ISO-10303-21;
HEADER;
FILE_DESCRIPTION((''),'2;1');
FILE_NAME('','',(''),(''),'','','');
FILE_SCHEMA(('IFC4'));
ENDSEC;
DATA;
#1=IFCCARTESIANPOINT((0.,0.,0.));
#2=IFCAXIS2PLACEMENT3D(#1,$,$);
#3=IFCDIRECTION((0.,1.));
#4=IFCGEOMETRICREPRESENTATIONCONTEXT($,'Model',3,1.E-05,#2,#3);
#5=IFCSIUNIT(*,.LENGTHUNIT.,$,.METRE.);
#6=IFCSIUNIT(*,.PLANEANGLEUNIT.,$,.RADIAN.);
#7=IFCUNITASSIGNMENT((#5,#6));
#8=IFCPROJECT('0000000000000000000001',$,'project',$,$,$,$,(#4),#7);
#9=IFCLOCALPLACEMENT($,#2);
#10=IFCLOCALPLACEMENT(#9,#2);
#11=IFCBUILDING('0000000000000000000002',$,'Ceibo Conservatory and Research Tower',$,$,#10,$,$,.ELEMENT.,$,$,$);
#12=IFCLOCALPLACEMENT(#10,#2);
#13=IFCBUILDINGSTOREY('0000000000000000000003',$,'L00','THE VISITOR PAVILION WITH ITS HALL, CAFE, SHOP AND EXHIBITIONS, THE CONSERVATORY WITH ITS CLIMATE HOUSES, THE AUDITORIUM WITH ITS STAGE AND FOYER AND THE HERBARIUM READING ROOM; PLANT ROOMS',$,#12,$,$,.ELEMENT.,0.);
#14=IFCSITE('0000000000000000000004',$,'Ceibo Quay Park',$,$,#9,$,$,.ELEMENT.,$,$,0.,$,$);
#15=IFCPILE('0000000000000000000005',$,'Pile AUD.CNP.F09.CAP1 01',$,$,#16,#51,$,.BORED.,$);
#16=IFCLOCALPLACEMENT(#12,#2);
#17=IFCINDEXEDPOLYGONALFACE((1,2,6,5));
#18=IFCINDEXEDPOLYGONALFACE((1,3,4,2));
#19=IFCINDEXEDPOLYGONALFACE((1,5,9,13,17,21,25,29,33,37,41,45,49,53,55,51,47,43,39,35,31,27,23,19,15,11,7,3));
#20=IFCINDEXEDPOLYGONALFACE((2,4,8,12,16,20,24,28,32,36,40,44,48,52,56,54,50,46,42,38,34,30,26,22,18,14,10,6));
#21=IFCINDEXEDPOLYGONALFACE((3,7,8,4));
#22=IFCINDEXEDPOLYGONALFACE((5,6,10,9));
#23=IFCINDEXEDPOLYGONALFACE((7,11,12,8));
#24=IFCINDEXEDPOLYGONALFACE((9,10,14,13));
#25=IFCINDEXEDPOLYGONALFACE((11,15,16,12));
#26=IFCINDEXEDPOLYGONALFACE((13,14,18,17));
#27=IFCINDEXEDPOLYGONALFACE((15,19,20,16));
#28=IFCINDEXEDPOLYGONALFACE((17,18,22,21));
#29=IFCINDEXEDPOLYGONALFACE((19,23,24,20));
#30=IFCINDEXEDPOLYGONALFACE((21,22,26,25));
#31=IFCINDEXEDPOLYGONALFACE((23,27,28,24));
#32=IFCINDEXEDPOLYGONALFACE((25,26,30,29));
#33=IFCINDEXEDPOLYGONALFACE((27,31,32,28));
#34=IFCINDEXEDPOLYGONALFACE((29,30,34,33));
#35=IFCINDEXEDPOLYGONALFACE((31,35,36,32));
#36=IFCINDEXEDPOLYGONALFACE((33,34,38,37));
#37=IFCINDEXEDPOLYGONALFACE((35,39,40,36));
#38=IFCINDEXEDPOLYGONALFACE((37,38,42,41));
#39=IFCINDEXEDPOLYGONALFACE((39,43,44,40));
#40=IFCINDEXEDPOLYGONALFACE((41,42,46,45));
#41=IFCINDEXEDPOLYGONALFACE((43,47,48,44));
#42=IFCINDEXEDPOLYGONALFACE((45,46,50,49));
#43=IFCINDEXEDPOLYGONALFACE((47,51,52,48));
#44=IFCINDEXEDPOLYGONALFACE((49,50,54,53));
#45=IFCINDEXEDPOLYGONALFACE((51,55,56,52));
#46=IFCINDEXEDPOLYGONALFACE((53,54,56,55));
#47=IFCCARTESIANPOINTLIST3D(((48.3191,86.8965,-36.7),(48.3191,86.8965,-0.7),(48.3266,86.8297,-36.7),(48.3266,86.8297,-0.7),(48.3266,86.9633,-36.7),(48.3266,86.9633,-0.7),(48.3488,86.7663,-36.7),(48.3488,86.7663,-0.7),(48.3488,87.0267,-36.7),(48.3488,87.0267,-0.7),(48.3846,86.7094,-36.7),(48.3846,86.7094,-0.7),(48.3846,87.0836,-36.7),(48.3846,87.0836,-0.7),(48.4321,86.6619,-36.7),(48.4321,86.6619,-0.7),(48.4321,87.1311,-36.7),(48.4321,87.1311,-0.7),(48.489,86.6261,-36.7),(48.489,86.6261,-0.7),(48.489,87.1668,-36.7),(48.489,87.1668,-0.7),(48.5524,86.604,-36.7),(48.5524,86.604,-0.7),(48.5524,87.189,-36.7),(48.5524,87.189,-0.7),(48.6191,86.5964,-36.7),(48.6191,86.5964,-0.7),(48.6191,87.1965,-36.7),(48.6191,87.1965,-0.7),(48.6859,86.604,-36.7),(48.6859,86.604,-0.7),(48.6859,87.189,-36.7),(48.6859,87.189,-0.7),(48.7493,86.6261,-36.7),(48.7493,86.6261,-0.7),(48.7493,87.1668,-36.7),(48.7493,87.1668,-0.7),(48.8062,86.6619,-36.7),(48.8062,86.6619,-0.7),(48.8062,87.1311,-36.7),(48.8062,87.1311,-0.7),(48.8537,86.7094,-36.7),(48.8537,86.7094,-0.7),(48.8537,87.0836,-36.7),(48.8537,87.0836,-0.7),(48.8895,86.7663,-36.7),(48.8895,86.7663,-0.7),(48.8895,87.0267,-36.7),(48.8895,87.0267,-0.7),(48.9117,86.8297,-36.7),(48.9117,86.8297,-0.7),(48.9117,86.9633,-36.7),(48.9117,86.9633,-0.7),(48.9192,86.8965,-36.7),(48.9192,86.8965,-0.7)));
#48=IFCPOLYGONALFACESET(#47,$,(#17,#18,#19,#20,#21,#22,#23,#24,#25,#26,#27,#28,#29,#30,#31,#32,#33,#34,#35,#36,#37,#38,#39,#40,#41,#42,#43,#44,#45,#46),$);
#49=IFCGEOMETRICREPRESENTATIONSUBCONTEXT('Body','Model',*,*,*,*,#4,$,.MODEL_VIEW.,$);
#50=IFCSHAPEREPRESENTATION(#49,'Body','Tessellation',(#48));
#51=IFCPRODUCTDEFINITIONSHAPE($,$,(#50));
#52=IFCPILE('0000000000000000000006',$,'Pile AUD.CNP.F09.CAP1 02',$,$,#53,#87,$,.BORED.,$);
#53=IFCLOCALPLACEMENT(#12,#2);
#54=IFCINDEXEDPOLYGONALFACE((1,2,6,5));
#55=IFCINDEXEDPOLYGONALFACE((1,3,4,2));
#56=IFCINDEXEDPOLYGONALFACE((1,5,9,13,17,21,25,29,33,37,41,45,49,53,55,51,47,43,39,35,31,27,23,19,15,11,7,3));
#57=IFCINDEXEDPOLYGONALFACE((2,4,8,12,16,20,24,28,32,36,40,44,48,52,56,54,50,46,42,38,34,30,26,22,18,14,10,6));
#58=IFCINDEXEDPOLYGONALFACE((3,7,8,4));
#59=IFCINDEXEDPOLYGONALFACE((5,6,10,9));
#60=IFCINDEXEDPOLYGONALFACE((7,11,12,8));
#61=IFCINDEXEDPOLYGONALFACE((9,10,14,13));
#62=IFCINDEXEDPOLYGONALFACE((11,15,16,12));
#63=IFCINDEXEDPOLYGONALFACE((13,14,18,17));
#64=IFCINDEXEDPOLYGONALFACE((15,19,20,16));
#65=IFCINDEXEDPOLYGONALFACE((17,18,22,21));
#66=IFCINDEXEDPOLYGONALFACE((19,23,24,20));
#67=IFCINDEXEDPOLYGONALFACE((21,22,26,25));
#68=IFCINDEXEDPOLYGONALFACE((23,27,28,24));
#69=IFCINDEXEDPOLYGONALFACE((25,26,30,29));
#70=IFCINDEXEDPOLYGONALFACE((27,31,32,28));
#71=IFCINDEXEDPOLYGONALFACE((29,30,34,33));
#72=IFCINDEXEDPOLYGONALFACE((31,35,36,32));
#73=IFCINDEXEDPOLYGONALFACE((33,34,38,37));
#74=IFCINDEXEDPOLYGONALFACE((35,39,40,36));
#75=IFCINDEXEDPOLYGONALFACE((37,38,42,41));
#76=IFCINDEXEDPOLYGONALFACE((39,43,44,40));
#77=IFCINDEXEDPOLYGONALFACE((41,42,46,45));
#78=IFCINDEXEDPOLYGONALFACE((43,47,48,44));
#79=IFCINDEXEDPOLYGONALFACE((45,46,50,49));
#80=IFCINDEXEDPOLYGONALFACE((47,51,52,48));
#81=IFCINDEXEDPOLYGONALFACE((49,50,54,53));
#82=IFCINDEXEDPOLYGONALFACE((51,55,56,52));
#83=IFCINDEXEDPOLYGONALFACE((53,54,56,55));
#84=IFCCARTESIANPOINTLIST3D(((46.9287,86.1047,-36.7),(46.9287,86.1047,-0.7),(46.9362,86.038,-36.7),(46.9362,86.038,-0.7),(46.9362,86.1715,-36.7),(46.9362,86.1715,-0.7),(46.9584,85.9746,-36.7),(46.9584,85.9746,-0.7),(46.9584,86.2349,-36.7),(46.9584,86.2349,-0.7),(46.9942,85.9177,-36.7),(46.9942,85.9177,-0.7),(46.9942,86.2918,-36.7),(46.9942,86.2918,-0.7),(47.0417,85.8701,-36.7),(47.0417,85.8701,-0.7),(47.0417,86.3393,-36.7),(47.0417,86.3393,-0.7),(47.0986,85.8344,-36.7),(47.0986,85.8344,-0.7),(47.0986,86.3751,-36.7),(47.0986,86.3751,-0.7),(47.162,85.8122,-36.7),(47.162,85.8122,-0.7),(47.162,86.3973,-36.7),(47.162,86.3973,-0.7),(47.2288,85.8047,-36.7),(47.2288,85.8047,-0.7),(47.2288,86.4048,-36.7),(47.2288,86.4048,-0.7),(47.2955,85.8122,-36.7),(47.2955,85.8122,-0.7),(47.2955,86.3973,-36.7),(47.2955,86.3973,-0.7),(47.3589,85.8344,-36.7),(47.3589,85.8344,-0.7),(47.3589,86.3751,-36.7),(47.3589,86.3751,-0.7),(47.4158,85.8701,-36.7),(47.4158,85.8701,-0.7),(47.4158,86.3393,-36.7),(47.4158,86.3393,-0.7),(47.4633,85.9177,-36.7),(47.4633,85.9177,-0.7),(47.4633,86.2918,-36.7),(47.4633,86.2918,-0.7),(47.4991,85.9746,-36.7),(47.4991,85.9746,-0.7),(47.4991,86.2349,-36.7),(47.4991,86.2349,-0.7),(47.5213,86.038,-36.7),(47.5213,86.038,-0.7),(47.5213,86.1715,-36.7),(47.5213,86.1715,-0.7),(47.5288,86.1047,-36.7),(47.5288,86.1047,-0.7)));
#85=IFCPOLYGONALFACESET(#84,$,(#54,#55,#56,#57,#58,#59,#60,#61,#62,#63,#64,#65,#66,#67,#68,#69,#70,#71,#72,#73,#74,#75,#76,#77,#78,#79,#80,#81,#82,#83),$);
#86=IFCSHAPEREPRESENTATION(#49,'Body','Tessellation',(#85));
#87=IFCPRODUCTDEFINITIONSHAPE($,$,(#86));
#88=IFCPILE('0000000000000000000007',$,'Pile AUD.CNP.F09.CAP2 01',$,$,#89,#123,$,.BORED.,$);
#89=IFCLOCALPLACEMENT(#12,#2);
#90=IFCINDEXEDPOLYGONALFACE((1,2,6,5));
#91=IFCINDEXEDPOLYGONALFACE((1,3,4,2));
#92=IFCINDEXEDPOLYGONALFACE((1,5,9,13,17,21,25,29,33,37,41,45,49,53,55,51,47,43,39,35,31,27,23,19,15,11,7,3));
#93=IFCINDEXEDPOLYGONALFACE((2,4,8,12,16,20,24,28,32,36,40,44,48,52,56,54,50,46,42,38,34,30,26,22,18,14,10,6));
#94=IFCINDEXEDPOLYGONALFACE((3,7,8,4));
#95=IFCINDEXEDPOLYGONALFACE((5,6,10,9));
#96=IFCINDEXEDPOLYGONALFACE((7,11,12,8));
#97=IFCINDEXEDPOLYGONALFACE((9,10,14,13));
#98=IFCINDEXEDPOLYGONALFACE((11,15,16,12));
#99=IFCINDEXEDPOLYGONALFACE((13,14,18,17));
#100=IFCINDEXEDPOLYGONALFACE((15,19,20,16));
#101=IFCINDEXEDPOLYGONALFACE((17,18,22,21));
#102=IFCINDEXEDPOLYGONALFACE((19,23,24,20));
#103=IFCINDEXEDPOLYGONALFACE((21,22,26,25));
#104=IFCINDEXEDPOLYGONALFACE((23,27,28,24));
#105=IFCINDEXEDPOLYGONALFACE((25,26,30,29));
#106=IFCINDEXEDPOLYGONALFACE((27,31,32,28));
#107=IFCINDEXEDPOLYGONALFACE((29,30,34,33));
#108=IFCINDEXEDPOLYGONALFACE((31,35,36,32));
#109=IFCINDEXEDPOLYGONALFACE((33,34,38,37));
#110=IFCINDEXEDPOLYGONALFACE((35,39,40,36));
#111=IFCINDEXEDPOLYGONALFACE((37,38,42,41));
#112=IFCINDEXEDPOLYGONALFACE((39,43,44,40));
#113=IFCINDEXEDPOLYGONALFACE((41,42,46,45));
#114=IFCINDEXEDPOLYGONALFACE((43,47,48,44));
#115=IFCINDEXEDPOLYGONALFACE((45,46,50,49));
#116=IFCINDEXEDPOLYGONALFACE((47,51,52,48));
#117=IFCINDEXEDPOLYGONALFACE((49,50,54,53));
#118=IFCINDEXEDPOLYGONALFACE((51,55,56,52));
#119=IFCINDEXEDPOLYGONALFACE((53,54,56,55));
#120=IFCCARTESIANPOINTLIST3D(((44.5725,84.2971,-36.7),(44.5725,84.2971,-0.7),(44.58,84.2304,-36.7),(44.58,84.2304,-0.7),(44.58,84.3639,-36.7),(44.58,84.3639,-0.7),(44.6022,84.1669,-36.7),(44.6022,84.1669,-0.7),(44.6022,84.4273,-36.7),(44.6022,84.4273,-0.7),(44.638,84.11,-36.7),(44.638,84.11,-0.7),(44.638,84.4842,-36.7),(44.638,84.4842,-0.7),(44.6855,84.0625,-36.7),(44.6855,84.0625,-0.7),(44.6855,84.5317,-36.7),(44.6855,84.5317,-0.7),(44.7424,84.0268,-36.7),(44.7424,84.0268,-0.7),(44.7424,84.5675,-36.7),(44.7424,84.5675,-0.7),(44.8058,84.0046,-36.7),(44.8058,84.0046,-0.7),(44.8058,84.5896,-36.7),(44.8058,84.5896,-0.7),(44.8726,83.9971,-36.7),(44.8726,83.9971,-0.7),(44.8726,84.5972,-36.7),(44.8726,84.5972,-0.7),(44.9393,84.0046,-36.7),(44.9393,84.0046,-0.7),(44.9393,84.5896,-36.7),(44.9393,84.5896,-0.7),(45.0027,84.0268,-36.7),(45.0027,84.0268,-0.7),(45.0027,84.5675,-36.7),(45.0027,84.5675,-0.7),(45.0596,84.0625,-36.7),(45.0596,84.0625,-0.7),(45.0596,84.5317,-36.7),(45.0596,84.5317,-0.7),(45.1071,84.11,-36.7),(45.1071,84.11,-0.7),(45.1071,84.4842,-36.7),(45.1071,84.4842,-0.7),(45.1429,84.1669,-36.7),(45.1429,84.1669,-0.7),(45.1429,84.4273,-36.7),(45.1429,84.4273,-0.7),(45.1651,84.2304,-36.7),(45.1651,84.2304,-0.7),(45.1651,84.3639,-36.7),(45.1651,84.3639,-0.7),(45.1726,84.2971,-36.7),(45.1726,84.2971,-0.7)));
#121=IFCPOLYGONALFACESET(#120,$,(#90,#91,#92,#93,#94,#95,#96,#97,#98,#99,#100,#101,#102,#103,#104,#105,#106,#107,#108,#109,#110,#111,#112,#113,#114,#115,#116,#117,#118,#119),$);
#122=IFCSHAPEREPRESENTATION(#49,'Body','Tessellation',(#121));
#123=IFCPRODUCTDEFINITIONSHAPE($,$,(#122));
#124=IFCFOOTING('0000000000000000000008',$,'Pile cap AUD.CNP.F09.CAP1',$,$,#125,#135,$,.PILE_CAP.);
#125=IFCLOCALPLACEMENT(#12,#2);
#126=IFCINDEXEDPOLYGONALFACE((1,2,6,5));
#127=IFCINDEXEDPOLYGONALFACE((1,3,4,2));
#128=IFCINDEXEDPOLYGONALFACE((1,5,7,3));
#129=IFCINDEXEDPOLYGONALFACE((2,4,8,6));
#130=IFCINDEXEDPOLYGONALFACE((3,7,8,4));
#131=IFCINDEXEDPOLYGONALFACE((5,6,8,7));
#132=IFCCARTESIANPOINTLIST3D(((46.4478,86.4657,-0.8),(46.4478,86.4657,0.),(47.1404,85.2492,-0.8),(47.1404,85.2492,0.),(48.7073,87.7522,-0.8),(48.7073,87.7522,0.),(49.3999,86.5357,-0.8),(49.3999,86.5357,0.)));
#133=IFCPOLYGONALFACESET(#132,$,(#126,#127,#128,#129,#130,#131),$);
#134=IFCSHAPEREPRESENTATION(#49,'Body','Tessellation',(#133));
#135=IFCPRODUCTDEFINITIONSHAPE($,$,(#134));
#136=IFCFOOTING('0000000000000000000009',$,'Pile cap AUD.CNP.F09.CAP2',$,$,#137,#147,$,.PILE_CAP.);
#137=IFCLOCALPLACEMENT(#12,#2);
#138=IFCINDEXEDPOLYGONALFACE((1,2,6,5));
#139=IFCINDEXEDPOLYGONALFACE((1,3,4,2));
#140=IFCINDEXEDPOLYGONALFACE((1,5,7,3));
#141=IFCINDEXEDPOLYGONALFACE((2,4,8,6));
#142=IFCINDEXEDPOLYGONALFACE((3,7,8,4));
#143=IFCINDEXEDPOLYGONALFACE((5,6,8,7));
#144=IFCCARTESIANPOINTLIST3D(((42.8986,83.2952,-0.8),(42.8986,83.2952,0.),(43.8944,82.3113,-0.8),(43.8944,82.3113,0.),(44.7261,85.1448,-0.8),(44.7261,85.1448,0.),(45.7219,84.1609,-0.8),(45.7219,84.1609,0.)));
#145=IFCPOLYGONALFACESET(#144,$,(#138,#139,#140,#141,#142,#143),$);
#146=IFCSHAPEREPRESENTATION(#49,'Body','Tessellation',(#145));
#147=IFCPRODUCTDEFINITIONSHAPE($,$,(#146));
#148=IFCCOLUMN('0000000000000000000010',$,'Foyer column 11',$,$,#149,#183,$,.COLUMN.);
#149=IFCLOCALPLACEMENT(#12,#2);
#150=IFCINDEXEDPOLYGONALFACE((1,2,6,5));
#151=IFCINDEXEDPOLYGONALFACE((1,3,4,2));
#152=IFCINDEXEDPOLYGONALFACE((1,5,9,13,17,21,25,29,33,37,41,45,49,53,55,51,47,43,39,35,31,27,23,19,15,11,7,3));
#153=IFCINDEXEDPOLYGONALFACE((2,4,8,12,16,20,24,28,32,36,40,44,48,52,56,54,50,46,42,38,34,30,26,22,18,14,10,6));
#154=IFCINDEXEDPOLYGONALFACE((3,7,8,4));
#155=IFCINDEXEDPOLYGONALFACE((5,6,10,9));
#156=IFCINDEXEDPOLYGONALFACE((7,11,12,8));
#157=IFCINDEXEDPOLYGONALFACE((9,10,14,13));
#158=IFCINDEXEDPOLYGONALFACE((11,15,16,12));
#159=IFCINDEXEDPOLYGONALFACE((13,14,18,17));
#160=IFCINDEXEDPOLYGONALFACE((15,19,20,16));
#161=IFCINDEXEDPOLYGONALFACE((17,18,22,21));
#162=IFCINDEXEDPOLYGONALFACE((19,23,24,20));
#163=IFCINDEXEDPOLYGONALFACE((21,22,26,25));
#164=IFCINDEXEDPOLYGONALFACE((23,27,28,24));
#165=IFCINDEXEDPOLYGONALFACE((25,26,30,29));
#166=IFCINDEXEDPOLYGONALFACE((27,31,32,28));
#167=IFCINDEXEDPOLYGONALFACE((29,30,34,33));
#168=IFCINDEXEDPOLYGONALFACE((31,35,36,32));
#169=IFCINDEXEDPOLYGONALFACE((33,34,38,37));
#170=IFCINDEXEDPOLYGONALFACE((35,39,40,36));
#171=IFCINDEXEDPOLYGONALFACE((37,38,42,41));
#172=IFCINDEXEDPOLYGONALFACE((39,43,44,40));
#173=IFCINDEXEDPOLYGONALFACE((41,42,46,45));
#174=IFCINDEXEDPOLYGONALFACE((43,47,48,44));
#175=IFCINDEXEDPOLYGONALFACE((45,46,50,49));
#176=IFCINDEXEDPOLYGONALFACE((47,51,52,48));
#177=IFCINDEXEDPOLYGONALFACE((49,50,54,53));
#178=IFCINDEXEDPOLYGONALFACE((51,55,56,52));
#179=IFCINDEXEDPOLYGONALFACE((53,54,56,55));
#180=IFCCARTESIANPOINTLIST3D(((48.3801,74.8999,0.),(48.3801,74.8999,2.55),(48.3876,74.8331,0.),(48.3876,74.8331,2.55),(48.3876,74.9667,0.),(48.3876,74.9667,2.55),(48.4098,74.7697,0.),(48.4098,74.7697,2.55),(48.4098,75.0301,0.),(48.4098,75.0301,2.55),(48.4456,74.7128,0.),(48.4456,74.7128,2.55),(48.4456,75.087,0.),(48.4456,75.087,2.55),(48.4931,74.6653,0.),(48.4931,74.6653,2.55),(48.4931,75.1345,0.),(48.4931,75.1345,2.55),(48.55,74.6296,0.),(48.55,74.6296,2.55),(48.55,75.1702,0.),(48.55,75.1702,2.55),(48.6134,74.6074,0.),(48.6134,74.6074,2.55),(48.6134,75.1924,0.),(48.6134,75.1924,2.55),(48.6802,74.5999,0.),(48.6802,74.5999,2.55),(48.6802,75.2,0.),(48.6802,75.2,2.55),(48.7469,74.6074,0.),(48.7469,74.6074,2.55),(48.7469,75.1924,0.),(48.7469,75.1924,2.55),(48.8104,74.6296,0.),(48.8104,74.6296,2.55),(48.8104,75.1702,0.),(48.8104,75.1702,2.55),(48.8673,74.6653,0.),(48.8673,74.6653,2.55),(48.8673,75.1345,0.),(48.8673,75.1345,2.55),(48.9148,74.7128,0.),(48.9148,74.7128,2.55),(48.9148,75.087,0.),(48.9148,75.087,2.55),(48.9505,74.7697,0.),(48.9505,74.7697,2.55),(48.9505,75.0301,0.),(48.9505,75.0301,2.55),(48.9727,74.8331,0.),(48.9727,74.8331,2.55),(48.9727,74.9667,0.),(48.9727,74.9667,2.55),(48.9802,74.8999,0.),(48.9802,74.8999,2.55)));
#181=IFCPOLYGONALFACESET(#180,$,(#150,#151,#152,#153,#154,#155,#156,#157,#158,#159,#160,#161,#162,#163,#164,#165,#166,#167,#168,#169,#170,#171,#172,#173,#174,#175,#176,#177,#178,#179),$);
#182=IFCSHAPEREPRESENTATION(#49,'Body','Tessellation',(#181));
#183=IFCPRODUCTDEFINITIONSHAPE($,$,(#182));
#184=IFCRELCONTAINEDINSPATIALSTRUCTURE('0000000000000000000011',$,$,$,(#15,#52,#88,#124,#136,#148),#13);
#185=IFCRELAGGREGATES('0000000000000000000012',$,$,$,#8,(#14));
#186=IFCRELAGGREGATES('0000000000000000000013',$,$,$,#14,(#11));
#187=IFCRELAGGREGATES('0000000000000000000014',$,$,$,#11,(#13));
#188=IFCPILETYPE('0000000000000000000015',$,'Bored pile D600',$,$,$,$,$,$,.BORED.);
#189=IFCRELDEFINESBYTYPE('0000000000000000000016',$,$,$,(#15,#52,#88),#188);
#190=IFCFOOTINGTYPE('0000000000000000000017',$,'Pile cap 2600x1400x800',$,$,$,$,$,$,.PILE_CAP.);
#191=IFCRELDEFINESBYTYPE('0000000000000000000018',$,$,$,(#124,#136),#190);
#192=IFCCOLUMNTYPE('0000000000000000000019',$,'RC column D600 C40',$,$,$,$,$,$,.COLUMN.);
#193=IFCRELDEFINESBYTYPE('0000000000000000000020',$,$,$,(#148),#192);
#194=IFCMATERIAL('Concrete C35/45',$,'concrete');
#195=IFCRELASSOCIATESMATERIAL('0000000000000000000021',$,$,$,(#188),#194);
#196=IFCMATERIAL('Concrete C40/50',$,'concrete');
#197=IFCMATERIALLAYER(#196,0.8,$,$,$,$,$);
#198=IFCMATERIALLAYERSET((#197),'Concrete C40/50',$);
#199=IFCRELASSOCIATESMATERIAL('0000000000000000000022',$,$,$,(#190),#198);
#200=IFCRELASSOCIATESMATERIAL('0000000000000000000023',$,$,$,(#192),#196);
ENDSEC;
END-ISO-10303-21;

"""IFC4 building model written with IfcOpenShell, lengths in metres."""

from ifc_helpers import new_model, si_unit, direction, frame, origin, origin_2d, place, context, subcontext, project, spatial, polyline, circle, outline, extrude, material, layer, layer_set, material_profile, profile_set, type_object, element, save


model = new_model("IFC4")

# Units and contexts
model_context = context("Model", 3, precision=1e-05, world=origin(), true_north=direction((0.0, 1.0)))
body_context = subcontext(model_context, "Body", "Model", "MODEL_VIEW")
ifc_project = project(units=[si_unit("LENGTHUNIT", "METRE"), si_unit("PLANEANGLEUNIT", "RADIAN")], contexts=[model_context])

# Site, building, storey
site_placement = place(None, origin())
site = spatial("IfcSite", under=ifc_project, at=site_placement, Name="Ceibo Quay Park", CompositionType="ELEMENT", RefElevation=0.0)
building_placement = place(site_placement, origin())
building = spatial("IfcBuilding", under=site, at=building_placement, Name="Ceibo Conservatory and Research Tower", CompositionType="ELEMENT")
storey_placement = place(building_placement, origin())
storey = spatial("IfcBuildingStorey", under=building, at=storey_placement, Name="L00", Description="THE VISITOR PAVILION WITH ITS HALL, CAFE, SHOP AND EXHIBITIONS, THE CONSERVATORY WITH ITS CLIMATE HOUSES, THE AUDITORIUM WITH ITS STAGE AND FOYER AND THE HERBARIUM READING ROOM; PLANT ROOMS", CompositionType="ELEMENT", Elevation=0.0)

# Piles
ifc_material_1 = material(Name="Concrete C35/45", Category="concrete")
ifc_material_profile_1 = material_profile(ifc_material_1, circle(Radius=0.3, at=origin_2d()), Name="RC D600")
ifc_profile_set_1 = profile_set([ifc_material_profile_1], Name="Concrete C35/45")
pile_type = type_object("IfcPileType", Name="Bored pile D600", PredefinedType="BORED", material=ifc_profile_set_1)
for number, where, z_axis, x_axis, name in (
    (1, (48.6191, 86.8965, -0.7), (0.0, 0.0, -1.0), (1.0, 0.0, 0.0), "Pile AUD.CNP.F09.CAP1 01"),
    (2, (47.2288, 86.1047, -0.7), (0.0, 0.0, -1.0), (1.0, 0.0, 0.0), "Pile AUD.CNP.F09.CAP1 02"),
    (3, (44.8726, 84.2971, -0.7), (0.0, 0.0, -1.0), (1.0, 0.0, 0.0), "Pile AUD.CNP.F09.CAP2 01"),
):
    element("IfcPile", number, at=place(storey_placement, frame(where, z_axis=z_axis, x_axis=x_axis)), inside=storey, type_object=pile_type, Name=name, PredefinedType="BORED", context=body_context, shape_type="SweptSolid", body=[
        extrude(circle(Radius=0.3, at=origin_2d()), origin(), (0.0, 0.0, 1.0), 36.0),
    ])

# Footings
ifc_material_2 = material(Name="Concrete C40/50", Category="concrete")
ifc_layer_1 = layer(ifc_material_2, 0.8)
ifc_layer_set_1 = layer_set([ifc_layer_1], Name="Concrete C40/50")
footing_type = type_object("IfcFootingType", Name="Pile cap 2600x1400x800", PredefinedType="PILE_CAP", material=ifc_layer_set_1)
for number, where, z_axis, x_axis, name in (
    (4, (48.7073, 87.7522, -0.8), (0.0, 0.0, 1.0), (-0.869014, -0.494788, 0.0), "Pile cap AUD.CNP.F09.CAP1"),
    (5, (44.7261, 85.1448, -0.8), (0.0, 0.0, 1.0), (-0.702846, -0.711342, 0.0), "Pile cap AUD.CNP.F09.CAP2"),
):
    element("IfcFooting", number, at=place(storey_placement, frame(where, z_axis=z_axis, x_axis=x_axis)), inside=storey, type_object=footing_type, Name=name, PredefinedType="PILE_CAP", context=body_context, shape_type="SweptSolid", body=[
        extrude(outline(polyline([(0.0, 0.0), (2.6001, 0.0), (2.6001, 1.3999), (0.0, 1.3999), (0.0, 0.0)])), origin(), (0.0, 0.0, 1.0), 0.8),
    ])

# Column
ifc_material_profile_2 = material_profile(ifc_material_2, circle(Radius=0.3, at=origin_2d()), Name="RC D600")
ifc_profile_set_2 = profile_set([ifc_material_profile_2], Name="Concrete C40/50")
column_type = type_object("IfcColumnType", Name="RC column D600 C40", PredefinedType="COLUMN", material=ifc_profile_set_2)
for number, where, z_axis, x_axis, name in (
    (6, (48.6802, 74.8999, 0.0), (0.0, 0.0, 1.0), (1.0, 0.0, 0.0), "Foyer column 11"),
):
    element("IfcColumn", number, at=place(storey_placement, frame(where, z_axis=z_axis, x_axis=x_axis)), inside=storey, type_object=column_type, Name=name, PredefinedType="COLUMN", context=body_context, shape_type="SweptSolid", body=[
        extrude(circle(Radius=0.3, at=origin_2d()), origin(), (0.0, 0.0, 1.0), 2.55),
    ])

save(model, "model.ifc")
